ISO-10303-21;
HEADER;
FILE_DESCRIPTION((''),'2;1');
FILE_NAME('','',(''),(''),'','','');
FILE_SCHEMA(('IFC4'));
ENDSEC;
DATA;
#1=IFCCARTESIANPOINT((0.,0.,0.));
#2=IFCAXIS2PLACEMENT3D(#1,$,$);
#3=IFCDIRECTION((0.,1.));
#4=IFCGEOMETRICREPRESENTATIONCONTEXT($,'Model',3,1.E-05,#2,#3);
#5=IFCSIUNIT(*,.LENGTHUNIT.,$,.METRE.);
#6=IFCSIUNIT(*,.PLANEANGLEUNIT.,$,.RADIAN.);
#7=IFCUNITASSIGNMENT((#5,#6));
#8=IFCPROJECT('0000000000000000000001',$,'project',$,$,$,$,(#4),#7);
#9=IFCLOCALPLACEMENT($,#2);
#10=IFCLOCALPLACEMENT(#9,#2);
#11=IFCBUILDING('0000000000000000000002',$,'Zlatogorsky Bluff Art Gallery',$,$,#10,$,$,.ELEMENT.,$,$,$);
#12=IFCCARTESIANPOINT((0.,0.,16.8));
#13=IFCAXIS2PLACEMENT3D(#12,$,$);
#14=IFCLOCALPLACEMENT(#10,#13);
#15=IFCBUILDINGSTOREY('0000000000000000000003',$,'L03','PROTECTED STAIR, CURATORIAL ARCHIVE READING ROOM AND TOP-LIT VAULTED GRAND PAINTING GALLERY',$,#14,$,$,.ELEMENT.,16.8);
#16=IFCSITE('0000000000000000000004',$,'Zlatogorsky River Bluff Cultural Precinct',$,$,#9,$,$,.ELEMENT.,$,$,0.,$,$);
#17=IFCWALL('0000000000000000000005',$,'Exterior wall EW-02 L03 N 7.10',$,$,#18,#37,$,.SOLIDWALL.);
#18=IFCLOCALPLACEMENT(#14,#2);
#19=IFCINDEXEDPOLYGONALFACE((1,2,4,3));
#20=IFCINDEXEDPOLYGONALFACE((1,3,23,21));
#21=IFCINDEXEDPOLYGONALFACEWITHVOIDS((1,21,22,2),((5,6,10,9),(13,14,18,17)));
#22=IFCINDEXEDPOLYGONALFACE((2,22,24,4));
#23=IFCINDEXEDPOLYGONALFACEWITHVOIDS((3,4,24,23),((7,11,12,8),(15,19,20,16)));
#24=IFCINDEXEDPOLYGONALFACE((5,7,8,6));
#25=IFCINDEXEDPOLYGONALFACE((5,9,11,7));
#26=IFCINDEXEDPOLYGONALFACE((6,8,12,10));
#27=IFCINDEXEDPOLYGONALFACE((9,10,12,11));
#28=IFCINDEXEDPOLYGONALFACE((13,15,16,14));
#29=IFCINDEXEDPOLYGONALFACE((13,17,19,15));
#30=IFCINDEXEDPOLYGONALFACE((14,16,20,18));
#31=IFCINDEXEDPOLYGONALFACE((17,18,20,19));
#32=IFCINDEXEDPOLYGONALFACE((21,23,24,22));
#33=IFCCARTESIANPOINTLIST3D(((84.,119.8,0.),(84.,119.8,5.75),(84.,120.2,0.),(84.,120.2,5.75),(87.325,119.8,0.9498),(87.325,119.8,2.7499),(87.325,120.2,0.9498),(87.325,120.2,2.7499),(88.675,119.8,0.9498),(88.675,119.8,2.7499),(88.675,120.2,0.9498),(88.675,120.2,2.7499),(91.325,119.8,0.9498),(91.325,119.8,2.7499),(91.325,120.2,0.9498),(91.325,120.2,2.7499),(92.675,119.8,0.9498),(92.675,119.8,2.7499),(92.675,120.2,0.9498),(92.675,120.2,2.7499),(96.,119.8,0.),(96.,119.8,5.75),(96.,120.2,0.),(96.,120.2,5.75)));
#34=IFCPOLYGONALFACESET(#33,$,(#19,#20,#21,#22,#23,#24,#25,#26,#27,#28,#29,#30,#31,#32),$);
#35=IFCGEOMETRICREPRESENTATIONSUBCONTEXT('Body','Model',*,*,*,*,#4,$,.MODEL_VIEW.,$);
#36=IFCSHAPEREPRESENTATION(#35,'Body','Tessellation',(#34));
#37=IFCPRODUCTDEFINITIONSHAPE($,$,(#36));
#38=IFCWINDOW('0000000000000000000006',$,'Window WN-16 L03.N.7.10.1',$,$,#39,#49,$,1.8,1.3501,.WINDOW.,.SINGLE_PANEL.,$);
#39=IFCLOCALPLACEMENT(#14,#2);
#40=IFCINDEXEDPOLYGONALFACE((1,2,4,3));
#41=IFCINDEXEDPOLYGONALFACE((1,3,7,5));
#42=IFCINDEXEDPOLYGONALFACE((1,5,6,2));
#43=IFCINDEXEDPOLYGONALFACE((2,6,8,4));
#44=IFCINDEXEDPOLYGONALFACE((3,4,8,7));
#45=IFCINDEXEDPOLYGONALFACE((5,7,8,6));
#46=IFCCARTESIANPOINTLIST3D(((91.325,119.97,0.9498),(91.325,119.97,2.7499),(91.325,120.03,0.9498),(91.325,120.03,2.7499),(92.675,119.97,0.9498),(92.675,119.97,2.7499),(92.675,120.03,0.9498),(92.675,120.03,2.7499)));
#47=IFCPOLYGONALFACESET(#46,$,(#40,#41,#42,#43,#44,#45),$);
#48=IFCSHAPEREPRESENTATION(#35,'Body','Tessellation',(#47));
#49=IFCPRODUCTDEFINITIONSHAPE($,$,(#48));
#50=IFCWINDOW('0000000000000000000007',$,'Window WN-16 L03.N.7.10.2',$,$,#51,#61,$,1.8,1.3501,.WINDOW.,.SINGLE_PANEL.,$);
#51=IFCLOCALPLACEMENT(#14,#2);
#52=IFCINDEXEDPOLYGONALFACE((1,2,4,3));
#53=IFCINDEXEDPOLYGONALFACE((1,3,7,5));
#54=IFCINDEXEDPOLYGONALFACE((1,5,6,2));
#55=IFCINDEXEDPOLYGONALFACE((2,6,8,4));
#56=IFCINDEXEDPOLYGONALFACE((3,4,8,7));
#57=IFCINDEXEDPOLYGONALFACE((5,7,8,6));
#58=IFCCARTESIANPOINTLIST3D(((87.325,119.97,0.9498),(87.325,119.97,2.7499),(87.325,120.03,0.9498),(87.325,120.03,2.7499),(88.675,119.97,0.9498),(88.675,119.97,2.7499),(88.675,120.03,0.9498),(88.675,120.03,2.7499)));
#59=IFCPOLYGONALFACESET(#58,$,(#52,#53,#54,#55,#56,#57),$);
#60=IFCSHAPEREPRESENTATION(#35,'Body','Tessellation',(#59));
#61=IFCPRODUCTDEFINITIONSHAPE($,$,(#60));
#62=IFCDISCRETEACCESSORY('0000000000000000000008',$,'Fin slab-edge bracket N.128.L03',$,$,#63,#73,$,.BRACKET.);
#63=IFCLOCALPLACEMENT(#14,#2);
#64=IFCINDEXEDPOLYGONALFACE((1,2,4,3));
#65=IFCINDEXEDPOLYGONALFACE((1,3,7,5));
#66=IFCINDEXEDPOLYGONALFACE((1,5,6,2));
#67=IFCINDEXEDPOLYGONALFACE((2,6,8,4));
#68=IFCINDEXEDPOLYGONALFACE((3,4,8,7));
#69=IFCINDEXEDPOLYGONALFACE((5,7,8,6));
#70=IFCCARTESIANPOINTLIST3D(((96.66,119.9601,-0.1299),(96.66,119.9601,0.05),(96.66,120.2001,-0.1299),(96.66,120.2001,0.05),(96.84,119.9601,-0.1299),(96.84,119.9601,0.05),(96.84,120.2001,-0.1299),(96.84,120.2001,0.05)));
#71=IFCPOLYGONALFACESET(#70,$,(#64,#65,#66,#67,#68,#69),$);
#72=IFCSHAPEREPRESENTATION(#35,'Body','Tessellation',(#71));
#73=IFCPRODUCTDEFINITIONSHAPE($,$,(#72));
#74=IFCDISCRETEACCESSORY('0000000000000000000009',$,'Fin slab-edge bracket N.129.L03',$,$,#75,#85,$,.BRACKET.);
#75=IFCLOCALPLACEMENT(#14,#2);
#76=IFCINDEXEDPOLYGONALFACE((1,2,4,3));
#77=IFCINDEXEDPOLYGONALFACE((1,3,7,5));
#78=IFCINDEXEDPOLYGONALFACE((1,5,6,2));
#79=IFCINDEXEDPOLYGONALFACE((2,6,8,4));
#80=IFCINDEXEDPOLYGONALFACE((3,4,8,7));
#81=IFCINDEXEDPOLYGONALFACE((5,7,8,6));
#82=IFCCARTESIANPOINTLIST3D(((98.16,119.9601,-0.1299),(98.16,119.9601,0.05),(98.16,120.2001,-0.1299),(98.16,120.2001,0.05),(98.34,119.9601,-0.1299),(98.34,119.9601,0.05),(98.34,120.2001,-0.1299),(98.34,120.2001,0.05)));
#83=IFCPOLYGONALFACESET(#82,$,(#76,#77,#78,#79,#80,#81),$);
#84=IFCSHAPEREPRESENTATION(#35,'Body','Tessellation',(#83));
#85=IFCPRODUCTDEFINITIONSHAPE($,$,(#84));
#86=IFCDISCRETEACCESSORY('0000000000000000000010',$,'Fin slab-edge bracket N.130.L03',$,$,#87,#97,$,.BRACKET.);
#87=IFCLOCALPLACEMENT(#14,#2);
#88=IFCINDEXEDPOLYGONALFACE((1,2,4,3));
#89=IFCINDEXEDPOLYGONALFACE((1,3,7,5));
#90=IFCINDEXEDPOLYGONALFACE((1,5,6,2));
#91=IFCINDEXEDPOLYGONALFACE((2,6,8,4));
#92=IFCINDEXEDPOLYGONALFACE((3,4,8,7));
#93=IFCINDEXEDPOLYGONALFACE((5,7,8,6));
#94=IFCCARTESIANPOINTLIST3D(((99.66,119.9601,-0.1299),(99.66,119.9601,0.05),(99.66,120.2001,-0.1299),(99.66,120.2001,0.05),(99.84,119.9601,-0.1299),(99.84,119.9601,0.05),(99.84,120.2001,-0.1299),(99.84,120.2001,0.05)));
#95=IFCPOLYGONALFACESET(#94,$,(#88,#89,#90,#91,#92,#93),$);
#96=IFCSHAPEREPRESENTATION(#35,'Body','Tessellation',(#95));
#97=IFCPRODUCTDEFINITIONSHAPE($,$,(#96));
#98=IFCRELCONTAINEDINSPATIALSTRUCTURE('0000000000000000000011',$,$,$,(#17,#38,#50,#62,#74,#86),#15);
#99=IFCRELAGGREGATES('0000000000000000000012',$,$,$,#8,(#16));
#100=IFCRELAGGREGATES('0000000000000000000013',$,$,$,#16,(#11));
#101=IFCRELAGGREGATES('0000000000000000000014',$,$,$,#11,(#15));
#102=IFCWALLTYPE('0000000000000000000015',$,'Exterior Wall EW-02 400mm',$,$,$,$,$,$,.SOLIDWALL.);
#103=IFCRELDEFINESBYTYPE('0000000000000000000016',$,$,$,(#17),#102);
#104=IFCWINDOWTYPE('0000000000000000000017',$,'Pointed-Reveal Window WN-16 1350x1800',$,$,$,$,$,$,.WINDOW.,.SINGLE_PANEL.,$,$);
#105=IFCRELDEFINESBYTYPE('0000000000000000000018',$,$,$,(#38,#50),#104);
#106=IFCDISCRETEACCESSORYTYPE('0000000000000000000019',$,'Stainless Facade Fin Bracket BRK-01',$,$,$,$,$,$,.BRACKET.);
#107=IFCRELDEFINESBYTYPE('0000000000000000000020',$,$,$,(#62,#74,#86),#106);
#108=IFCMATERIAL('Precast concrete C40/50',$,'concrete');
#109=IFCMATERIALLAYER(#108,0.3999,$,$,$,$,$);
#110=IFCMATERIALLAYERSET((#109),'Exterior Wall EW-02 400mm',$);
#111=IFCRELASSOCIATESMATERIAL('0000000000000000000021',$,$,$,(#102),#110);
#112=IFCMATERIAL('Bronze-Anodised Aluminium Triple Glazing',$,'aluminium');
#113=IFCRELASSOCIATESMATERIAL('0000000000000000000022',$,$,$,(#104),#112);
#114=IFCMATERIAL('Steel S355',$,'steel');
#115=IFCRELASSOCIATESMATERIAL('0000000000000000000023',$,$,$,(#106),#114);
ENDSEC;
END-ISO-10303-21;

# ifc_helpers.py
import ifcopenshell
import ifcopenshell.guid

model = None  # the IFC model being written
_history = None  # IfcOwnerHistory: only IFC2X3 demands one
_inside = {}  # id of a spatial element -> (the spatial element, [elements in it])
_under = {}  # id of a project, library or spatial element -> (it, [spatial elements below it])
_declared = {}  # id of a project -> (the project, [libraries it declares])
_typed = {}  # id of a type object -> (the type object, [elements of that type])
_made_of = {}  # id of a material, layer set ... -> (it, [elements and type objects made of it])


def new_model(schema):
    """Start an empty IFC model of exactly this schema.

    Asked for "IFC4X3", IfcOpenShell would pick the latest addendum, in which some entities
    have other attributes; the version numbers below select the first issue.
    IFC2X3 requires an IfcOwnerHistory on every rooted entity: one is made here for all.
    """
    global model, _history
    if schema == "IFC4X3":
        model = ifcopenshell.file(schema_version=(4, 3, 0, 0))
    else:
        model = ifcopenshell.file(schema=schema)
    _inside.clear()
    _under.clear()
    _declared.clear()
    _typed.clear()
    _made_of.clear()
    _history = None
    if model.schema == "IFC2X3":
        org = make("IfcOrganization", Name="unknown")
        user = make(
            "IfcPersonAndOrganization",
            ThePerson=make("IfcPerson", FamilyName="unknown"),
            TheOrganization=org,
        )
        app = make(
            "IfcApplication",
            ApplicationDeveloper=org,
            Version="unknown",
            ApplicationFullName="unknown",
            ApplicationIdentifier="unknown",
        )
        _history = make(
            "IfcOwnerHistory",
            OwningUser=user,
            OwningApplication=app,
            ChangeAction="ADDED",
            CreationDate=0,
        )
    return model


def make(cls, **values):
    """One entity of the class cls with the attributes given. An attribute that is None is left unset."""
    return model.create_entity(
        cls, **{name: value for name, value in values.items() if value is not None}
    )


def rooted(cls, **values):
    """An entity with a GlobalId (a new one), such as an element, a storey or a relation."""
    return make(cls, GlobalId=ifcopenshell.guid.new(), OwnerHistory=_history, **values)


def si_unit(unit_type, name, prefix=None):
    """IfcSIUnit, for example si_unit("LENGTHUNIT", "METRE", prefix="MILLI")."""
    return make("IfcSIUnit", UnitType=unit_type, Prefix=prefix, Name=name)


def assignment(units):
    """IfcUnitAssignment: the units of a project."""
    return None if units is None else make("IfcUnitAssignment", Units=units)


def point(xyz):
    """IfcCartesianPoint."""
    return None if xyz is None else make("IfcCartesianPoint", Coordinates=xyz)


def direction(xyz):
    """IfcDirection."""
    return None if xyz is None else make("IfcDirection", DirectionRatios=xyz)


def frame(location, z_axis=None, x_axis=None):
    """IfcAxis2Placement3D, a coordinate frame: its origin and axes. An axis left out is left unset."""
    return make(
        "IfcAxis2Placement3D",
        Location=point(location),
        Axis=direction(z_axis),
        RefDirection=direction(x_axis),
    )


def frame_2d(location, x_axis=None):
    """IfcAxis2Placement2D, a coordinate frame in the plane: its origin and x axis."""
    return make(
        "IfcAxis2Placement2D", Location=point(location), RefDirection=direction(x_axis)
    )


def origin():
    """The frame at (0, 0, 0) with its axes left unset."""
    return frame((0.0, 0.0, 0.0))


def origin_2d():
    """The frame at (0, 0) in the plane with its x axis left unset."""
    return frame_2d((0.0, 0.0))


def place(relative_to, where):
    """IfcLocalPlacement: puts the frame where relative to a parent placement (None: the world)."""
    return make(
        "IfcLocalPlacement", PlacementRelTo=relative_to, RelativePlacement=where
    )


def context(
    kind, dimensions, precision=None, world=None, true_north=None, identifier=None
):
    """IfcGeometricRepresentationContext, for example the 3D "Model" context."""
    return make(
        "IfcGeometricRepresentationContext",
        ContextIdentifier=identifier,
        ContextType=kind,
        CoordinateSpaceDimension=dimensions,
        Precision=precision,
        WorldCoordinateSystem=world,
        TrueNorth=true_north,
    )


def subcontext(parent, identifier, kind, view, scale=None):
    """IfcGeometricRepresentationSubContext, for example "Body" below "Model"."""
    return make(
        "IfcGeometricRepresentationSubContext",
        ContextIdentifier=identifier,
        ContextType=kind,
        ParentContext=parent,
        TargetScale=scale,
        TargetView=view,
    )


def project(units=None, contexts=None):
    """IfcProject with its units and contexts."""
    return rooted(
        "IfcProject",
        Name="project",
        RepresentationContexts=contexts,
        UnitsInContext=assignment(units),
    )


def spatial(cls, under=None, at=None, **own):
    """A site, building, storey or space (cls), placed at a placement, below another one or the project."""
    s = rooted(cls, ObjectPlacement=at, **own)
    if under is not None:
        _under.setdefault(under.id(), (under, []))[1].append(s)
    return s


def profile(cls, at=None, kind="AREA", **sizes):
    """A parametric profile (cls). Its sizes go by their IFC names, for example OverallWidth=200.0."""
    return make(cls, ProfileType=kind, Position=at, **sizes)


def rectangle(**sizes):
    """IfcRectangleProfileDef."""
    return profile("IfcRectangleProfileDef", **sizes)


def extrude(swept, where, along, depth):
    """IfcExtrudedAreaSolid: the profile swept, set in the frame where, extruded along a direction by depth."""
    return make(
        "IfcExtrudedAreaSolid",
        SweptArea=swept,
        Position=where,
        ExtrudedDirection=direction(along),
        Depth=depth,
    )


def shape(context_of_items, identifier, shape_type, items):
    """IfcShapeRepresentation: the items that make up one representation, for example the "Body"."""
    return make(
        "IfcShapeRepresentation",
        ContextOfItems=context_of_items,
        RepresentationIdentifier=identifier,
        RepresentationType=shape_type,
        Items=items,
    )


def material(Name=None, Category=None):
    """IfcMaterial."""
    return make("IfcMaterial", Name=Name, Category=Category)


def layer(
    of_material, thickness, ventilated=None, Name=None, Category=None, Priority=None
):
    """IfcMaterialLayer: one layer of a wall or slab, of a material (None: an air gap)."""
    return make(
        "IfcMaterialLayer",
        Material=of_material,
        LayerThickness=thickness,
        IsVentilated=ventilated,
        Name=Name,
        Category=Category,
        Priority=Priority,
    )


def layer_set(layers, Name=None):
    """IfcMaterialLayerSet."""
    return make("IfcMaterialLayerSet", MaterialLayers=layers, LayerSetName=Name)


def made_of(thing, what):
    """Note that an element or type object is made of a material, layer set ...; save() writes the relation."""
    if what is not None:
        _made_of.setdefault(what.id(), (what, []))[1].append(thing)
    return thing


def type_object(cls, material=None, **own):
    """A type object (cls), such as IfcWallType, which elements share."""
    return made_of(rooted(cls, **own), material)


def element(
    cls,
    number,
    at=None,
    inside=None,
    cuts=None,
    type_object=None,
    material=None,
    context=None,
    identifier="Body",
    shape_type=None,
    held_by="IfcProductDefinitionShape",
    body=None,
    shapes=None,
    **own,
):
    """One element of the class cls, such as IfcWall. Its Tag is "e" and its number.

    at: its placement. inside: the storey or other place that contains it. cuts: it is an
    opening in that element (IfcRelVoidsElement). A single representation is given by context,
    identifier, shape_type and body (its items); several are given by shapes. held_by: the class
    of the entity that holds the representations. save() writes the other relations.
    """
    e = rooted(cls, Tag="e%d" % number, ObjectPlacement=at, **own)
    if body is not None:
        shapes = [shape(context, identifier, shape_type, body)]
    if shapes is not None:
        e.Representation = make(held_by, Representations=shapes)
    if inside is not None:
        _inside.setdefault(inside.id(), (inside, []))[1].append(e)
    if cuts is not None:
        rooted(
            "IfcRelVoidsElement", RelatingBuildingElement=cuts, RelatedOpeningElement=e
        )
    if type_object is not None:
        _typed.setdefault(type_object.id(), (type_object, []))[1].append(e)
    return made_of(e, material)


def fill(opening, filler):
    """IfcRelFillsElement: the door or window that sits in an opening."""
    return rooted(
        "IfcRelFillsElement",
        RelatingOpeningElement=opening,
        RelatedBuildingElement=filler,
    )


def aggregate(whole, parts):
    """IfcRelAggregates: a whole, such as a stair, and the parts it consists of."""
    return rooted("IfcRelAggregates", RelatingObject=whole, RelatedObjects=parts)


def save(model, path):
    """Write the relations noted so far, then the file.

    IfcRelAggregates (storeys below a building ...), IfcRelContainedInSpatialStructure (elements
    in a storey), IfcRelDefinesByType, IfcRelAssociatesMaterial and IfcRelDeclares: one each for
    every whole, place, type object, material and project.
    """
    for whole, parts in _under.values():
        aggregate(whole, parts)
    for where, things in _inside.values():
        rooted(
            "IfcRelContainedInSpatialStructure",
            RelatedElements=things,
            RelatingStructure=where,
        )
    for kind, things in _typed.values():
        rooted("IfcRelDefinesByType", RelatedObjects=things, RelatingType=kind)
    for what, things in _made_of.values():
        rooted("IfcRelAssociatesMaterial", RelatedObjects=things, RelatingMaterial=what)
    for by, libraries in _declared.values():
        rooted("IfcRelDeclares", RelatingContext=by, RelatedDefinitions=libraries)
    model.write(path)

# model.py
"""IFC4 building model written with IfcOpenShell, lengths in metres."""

from ifc_helpers import new_model, si_unit, direction, frame, frame_2d, origin, origin_2d, place, context, subcontext, project, spatial, rectangle, extrude, material, layer, layer_set, type_object, element, fill, save


model = new_model("IFC4")

# Units and contexts
model_context = context("Model", 3, precision=1e-05, world=origin(), true_north=direction((0.0, 1.0)))
body_context = subcontext(model_context, "Body", "Model", "MODEL_VIEW")
ifc_project = project(units=[si_unit("LENGTHUNIT", "METRE"), si_unit("PLANEANGLEUNIT", "RADIAN")], contexts=[model_context])

# Site, building, storey
site_placement = place(None, origin())
site = spatial("IfcSite", under=ifc_project, at=site_placement, Name="Zlatogorsky River Bluff Cultural Precinct", CompositionType="ELEMENT", RefElevation=0.0)
building_placement = place(site_placement, origin())
building = spatial("IfcBuilding", under=site, at=building_placement, Name="Zlatogorsky Bluff Art Gallery", CompositionType="ELEMENT")
storey_placement = place(building_placement, frame((0.0, 0.0, 16.8)))
storey = spatial("IfcBuildingStorey", under=building, at=storey_placement, Name="L03", Description="PROTECTED STAIR, CURATORIAL ARCHIVE READING ROOM AND TOP-LIT VAULTED GRAND PAINTING GALLERY", CompositionType="ELEMENT", Elevation=16.8)

# Shared definitions
ifc_material_1 = material(Name="Steel S355", Category="steel")

# Wall, openings, windows
ifc_material_2 = material(Name="Precast concrete C40/50", Category="concrete")
ifc_layer_1 = layer(ifc_material_2, 0.3999)
ifc_layer_set_1 = layer_set([ifc_layer_1], Name="Exterior Wall EW-02 400mm")
wall_type = type_object("IfcWallType", Name="Exterior Wall EW-02 400mm", PredefinedType="SOLIDWALL", material=ifc_layer_set_1)
wall_placement = place(storey_placement, frame((96.0, 120.0, 0.0), z_axis=(0.0, 0.0, 1.0), x_axis=(-1.0, 0.0, 0.0)))
wall = element("IfcWall", 1, at=wall_placement, inside=storey, type_object=wall_type, Name="Exterior wall EW-02 L03 N 7.10", PredefinedType="SOLIDWALL", context=body_context, shape_type="SweptSolid", body=[
    extrude(rectangle(XDim=12.0, YDim=0.3999, at=frame_2d((6.0, 0.0))), origin(), (0.0, 0.0, 1.0), 5.75),
])
opening_1_placement = place(wall_placement, frame((3.325, 0.0, 0.95)))
opening_1 = element("IfcOpeningElement", 2, at=opening_1_placement, cuts=wall, PredefinedType="OPENING", context=body_context, shape_type="SweptSolid", body=[
    extrude(rectangle(XDim=1.3501, YDim=1.8, at=frame_2d((0.675, 0.8999))), frame((0.0, 0.21, 0.0), z_axis=(0.0, -1.0, 0.0), x_axis=(1.0, 0.0, 0.0)), (0.0, 0.0, 1.0), 0.4199),
])
opening_2_placement = place(wall_placement, frame((7.325, 0.0, 0.95)))
opening_2 = element("IfcOpeningElement", 3, at=opening_2_placement, cuts=wall, PredefinedType="OPENING", context=body_context, shape_type="SweptSolid", body=[
    extrude(rectangle(XDim=1.3501, YDim=1.8, at=frame_2d((0.675, 0.8999))), frame((0.0, 0.21, 0.0), z_axis=(0.0, -1.0, 0.0), x_axis=(1.0, 0.0, 0.0)), (0.0, 0.0, 1.0), 0.4199),
])
ifc_material_3 = material(Name="Bronze-Anodised Aluminium Triple Glazing", Category="aluminium")
window_type = type_object("IfcWindowType", Name="Pointed-Reveal Window WN-16 1350x1800", PartitioningType="SINGLE_PANEL", PredefinedType="WINDOW", material=ifc_material_3)
window_1_placement = place(opening_1_placement, origin())
window_1 = element("IfcWindow", 4, at=window_1_placement, inside=storey, type_object=window_type, Name="Window WN-16 L03.N.7.10.1", OverallHeight=1.8, OverallWidth=1.3501, PartitioningType="SINGLE_PANEL", PredefinedType="WINDOW", context=body_context, shape_type="SweptSolid", body=[
    extrude(rectangle(XDim=1.3501, YDim=1.8, at=frame_2d((0.675, 0.8999))), frame((0.0, 0.03, 0.0), z_axis=(0.0, -1.0, 0.0), x_axis=(1.0, 0.0, 0.0)), (0.0, 0.0, 1.0), 0.0601),
])
fill(opening_1, window_1)
window_2_placement = place(opening_2_placement, origin())
window_2 = element("IfcWindow", 5, at=window_2_placement, inside=storey, type_object=window_type, Name="Window WN-16 L03.N.7.10.2", OverallHeight=1.8, OverallWidth=1.3501, PartitioningType="SINGLE_PANEL", PredefinedType="WINDOW", context=body_context, shape_type="SweptSolid", body=[
    extrude(rectangle(XDim=1.3501, YDim=1.8, at=frame_2d((0.675, 0.8999))), frame((0.0, 0.03, 0.0), z_axis=(0.0, -1.0, 0.0), x_axis=(1.0, 0.0, 0.0)), (0.0, 0.0, 1.0), 0.0601),
])
fill(opening_2, window_2)

# Discrete accessories
discrete_accessory_type = type_object("IfcDiscreteAccessoryType", Name="Stainless Facade Fin Bracket BRK-01", PredefinedType="BRACKET", material=ifc_material_1)
for number, where, z_axis, x_axis, name in (
    (6, (96.75, 120.0801, -0.1299), (0.0, 0.0, 1.0), (1.0, 0.0, 0.0), "Fin slab-edge bracket N.128.L03"),
    (7, (98.25, 120.0801, -0.1299), (0.0, 0.0, 1.0), (1.0, 0.0, 0.0), "Fin slab-edge bracket N.129.L03"),
    (8, (99.75, 120.0801, -0.1299), (0.0, 0.0, 1.0), (1.0, 0.0, 0.0), "Fin slab-edge bracket N.130.L03"),
):
    element("IfcDiscreteAccessory", number, at=place(storey_placement, frame(where, z_axis=z_axis, x_axis=x_axis)), inside=storey, type_object=discrete_accessory_type, Name=name, PredefinedType="BRACKET", context=body_context, shape_type="SweptSolid", body=[
        extrude(rectangle(XDim=0.1799, YDim=0.24, at=origin_2d()), origin(), (0.0, 0.0, 1.0), 0.1799),
    ])

save(model, "model.ifc")
